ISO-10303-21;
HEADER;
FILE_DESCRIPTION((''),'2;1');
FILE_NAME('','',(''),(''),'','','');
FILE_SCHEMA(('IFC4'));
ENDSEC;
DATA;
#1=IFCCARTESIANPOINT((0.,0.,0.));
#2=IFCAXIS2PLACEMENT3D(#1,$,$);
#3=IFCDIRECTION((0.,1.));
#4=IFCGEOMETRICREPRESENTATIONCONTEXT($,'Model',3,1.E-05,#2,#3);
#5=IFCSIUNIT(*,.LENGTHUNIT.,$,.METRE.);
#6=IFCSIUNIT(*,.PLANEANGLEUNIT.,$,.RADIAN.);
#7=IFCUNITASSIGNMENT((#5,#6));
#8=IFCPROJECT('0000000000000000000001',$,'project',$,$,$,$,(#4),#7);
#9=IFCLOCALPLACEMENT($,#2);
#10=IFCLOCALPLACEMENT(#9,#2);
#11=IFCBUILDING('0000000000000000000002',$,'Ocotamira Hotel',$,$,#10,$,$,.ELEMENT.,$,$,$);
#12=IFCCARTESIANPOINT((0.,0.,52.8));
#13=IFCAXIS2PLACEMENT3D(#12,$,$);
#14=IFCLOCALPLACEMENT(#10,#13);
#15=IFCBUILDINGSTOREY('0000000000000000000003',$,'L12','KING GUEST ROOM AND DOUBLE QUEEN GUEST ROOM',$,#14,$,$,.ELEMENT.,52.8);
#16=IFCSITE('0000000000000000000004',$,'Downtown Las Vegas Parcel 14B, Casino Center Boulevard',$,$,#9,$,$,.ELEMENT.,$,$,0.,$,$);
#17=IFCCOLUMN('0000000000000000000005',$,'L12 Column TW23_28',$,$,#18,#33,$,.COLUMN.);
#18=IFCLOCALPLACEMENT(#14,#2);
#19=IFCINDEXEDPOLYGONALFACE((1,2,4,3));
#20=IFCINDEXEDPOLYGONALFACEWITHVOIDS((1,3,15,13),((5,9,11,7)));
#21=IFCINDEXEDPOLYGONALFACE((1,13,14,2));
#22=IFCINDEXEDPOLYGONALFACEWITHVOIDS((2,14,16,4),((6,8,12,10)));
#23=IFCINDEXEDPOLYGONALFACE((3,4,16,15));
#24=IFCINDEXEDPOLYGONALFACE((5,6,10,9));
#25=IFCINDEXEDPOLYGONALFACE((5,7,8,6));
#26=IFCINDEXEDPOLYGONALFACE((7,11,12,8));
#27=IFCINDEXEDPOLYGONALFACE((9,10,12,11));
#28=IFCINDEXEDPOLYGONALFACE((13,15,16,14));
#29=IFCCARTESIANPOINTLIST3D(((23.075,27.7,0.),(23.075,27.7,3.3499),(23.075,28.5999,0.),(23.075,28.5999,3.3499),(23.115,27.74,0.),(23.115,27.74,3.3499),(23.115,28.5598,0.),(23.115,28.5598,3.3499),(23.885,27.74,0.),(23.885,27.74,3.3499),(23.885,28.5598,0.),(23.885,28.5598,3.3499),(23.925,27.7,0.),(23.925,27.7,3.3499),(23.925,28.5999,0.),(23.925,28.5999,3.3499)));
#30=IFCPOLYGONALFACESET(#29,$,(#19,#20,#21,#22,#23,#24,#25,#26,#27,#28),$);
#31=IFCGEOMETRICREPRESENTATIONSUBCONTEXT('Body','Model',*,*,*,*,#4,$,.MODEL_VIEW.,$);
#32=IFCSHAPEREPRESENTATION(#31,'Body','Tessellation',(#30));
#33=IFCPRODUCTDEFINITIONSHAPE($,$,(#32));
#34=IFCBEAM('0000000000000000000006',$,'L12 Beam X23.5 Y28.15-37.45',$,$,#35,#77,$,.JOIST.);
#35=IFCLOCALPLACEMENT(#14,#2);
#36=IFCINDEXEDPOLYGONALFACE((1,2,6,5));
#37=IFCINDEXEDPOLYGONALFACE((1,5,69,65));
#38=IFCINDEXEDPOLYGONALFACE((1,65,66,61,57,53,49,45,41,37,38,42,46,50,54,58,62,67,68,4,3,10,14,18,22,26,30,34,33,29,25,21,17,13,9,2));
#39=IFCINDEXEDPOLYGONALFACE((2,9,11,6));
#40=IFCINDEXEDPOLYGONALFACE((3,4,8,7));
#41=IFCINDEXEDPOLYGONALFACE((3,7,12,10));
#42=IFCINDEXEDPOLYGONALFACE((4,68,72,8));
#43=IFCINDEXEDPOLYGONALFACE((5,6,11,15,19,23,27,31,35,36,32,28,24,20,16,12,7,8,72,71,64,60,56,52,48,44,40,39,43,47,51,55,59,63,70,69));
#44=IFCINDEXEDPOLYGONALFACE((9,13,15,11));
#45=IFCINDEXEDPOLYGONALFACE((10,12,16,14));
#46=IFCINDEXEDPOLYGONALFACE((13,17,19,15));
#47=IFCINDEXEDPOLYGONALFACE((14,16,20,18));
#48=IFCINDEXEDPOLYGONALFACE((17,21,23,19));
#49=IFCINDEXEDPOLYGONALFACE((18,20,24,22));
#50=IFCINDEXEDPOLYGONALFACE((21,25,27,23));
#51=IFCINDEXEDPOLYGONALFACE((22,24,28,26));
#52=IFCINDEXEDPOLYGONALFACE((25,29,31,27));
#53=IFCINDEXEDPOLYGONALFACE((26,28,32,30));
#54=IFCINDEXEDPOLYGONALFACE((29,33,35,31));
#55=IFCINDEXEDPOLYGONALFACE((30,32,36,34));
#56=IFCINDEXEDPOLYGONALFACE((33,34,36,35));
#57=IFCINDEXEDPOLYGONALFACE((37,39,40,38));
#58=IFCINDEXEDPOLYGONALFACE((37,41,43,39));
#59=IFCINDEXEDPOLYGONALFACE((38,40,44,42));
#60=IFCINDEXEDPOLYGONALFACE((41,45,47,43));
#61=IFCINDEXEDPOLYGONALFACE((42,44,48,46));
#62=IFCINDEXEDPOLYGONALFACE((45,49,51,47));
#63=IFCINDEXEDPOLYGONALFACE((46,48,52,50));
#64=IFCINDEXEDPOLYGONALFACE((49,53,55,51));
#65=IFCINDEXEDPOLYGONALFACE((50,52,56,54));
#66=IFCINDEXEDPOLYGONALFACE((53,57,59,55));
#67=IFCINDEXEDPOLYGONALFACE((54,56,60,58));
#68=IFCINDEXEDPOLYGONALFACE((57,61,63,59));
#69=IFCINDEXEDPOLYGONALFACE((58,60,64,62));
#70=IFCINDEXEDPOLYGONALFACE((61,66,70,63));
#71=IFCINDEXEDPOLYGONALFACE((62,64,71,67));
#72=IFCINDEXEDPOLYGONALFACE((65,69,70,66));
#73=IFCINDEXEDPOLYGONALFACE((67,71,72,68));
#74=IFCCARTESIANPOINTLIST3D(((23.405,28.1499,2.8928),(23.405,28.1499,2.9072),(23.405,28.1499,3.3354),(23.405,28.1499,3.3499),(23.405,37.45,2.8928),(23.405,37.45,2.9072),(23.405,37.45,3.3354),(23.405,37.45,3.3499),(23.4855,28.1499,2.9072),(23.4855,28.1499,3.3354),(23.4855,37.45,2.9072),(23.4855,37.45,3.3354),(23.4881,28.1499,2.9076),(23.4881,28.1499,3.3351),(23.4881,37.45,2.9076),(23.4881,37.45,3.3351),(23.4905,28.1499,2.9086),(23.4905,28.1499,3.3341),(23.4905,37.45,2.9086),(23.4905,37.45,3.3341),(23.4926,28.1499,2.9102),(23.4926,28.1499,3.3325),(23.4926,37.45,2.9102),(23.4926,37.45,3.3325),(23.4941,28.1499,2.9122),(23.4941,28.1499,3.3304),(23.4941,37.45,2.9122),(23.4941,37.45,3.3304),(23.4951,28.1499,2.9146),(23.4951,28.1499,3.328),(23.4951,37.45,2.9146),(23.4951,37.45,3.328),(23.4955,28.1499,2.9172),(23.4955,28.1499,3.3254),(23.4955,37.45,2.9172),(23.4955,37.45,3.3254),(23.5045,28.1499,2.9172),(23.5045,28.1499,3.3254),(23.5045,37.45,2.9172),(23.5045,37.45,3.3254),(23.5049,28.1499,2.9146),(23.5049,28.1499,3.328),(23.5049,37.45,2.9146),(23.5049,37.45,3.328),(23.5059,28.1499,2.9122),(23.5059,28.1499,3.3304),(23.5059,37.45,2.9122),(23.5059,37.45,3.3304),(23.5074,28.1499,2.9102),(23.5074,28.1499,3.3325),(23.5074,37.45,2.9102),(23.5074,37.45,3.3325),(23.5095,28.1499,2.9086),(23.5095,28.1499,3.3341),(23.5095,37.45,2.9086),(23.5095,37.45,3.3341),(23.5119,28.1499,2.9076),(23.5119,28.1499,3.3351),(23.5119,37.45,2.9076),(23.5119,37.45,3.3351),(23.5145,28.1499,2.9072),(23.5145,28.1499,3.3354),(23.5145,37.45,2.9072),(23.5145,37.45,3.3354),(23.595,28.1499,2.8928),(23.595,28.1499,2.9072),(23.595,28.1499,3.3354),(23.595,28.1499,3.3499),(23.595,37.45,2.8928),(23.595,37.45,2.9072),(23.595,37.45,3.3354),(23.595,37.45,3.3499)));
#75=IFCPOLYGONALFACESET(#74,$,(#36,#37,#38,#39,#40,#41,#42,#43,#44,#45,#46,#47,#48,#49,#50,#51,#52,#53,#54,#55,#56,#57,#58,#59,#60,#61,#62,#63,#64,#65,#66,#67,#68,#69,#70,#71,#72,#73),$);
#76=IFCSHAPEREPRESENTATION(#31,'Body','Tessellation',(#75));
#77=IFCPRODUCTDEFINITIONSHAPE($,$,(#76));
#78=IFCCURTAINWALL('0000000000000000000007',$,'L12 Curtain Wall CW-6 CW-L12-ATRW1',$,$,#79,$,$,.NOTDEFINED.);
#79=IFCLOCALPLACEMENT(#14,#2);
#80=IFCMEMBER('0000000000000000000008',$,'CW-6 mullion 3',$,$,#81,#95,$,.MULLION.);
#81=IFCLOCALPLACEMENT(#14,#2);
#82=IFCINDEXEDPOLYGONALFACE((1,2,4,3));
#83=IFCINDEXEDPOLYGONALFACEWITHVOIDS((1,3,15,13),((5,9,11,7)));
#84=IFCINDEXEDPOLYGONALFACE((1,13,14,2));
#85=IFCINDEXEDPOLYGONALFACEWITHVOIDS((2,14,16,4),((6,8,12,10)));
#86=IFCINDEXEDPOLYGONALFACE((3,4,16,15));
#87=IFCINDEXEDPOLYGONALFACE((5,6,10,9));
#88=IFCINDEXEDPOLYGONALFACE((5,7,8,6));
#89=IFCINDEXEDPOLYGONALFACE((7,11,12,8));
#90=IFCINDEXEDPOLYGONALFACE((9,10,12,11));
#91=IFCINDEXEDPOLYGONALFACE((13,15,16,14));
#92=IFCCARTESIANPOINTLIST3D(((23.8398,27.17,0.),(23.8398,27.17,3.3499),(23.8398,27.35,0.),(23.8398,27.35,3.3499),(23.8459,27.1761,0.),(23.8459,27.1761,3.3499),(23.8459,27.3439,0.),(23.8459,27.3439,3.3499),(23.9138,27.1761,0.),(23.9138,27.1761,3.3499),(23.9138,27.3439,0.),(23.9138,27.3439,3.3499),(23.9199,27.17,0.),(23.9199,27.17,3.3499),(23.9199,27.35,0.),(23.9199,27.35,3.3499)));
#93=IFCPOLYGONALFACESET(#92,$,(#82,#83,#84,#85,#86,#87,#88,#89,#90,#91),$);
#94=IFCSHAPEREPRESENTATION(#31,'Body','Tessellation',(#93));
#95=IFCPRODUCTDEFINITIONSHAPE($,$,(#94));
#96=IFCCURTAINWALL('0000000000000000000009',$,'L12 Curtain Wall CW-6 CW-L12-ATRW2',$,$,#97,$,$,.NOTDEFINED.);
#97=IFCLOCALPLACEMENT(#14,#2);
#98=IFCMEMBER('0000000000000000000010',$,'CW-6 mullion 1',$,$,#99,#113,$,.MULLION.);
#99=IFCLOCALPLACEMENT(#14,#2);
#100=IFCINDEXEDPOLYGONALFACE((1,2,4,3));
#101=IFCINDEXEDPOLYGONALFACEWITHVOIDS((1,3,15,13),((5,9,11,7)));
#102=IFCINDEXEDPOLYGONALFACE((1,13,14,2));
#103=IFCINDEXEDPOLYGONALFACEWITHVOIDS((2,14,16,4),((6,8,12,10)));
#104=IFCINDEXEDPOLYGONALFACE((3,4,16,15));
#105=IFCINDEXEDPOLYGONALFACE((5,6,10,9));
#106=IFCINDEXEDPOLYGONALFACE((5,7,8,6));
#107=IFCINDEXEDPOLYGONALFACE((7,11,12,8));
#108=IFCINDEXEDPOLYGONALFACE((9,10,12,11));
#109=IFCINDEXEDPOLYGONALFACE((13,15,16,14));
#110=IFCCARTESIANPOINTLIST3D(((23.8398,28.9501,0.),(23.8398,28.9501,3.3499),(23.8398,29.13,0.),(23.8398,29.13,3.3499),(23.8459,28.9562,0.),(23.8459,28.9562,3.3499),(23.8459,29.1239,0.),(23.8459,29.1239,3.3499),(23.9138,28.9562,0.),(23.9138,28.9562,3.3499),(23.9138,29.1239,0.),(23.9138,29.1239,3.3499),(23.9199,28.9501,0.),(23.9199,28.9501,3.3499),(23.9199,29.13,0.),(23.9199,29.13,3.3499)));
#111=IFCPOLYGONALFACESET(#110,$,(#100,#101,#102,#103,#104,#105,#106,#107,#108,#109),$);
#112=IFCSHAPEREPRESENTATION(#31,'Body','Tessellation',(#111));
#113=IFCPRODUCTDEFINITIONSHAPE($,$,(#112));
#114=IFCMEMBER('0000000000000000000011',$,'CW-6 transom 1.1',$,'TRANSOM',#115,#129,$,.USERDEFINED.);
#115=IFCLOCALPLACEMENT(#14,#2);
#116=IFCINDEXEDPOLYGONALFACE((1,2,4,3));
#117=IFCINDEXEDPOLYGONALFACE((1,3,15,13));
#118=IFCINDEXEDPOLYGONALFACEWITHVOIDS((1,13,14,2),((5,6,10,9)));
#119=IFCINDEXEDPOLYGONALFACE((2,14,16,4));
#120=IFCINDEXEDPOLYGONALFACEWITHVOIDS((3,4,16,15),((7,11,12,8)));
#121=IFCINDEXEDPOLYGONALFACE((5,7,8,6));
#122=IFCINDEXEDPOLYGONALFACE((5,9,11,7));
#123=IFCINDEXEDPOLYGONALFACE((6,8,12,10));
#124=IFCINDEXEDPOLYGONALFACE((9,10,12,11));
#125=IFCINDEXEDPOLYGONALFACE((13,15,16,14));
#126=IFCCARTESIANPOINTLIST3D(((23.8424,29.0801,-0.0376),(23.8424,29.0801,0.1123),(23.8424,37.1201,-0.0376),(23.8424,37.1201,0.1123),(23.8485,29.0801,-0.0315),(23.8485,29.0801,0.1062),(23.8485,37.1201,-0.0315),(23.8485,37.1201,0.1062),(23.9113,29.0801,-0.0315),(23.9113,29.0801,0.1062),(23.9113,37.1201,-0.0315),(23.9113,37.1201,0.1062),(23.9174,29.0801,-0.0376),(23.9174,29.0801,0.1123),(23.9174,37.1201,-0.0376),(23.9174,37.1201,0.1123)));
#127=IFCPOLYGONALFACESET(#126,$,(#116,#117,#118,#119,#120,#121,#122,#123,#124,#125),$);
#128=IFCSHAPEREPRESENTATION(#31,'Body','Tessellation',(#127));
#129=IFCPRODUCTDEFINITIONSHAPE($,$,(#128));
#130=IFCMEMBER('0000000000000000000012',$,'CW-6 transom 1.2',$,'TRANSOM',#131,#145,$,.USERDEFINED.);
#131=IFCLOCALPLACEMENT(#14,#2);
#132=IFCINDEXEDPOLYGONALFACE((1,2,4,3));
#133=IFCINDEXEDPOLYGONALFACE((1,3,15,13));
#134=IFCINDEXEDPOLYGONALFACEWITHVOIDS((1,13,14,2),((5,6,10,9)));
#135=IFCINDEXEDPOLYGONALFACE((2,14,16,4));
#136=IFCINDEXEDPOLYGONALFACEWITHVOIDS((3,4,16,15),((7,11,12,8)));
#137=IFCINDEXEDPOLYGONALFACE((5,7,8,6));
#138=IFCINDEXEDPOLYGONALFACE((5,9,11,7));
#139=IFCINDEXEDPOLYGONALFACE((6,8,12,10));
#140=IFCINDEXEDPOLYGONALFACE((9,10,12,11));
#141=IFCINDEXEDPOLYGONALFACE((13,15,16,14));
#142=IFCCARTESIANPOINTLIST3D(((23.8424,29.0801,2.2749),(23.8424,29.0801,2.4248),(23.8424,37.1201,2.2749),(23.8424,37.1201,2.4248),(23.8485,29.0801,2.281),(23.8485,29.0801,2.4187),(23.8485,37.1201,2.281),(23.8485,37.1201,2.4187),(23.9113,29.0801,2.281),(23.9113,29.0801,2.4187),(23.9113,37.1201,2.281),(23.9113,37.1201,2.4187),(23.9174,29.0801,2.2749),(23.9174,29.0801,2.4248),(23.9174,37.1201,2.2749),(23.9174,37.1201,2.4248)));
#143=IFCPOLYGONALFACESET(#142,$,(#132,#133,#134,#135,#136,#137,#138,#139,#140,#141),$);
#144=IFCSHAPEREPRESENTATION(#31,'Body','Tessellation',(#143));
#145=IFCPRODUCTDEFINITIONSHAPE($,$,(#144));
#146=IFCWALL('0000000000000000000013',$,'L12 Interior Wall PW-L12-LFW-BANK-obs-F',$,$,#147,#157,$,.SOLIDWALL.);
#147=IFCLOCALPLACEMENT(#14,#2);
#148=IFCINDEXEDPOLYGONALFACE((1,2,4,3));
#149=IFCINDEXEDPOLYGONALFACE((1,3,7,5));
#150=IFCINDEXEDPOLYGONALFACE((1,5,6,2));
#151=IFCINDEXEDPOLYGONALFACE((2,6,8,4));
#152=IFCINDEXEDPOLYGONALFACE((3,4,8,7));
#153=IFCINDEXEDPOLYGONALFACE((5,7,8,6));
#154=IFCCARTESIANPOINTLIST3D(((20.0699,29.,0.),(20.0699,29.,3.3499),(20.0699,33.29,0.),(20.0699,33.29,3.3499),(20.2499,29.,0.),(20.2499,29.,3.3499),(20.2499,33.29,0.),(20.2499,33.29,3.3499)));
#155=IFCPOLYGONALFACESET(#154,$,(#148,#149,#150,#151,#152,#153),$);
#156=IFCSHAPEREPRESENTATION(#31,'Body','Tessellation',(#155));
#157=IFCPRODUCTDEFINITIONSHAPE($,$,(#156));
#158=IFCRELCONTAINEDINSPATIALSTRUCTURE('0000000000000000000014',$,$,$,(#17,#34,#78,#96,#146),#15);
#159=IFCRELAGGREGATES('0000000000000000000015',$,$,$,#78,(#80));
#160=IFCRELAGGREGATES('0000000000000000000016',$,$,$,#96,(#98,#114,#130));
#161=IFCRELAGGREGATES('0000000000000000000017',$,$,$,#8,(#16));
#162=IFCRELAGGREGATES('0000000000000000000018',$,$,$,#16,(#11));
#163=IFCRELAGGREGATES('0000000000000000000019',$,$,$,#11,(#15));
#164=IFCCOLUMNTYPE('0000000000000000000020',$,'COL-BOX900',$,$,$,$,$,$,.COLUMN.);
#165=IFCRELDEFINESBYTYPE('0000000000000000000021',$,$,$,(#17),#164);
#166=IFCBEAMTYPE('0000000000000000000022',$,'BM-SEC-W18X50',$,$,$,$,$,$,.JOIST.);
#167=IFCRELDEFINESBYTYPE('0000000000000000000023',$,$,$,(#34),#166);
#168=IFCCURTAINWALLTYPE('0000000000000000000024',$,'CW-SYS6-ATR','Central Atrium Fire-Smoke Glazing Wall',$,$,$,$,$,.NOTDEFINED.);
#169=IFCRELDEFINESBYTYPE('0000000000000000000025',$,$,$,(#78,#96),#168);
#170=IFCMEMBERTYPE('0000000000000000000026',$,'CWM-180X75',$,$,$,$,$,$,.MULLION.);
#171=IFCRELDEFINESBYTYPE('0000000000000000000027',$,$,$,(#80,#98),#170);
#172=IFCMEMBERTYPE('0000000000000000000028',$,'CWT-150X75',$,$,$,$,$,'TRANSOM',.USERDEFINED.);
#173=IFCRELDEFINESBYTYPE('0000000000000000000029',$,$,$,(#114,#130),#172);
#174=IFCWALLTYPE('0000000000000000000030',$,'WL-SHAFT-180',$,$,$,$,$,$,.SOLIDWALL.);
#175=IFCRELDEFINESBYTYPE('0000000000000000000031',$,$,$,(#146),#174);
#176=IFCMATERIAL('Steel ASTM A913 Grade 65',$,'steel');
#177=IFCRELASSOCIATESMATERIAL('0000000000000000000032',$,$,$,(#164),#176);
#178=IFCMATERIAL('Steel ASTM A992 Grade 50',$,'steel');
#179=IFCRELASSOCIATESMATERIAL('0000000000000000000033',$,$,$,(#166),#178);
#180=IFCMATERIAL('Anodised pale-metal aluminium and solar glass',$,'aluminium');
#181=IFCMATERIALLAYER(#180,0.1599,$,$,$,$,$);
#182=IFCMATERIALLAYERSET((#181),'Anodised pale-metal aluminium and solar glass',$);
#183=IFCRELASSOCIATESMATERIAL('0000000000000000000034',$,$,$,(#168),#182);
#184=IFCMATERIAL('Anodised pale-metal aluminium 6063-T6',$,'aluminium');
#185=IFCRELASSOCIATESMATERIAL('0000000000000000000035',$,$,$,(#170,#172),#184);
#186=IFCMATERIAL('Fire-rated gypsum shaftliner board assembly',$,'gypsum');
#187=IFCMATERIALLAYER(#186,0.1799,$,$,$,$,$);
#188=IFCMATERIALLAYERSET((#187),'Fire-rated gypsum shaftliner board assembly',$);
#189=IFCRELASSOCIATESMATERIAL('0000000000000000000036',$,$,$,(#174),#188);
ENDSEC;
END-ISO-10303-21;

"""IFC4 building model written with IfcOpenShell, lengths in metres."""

from ifc_helpers import new_model, si_unit, direction, frame, frame_2d, origin, origin_2d, place, context, subcontext, project, spatial, rectangle, hollow_rectangle, i_section, extrude, source, transform, mapped, material, layer, layer_set, material_profile, profile_set, type_object, element, aggregate, save


model = new_model("IFC4")

# Units and contexts
model_context = context("Model", 3, precision=1e-05, world=origin(), true_north=direction((0.0, 1.0)))
body_context = subcontext(model_context, "Body", "Model", "MODEL_VIEW")
ifc_project = project(units=[si_unit("LENGTHUNIT", "METRE"), si_unit("PLANEANGLEUNIT", "RADIAN")], contexts=[model_context])

# Site, building, storey
site_placement = place(None, origin())
site = spatial("IfcSite", under=ifc_project, at=site_placement, Name="Downtown Las Vegas Parcel 14B, Casino Center Boulevard", CompositionType="ELEMENT", RefElevation=0.0)
building_placement = place(site_placement, origin())
building = spatial("IfcBuilding", under=site, at=building_placement, Name="Ocotamira Hotel", CompositionType="ELEMENT")
storey_placement = place(building_placement, frame((0.0, 0.0, 52.8)))
storey = spatial("IfcBuildingStorey", under=building, at=storey_placement, Name="L12", Description="KING GUEST ROOM AND DOUBLE QUEEN GUEST ROOM", CompositionType="ELEMENT", Elevation=52.8)

# Column
ifc_material_1 = material(Name="Steel ASTM A913 Grade 65", Category="steel")
ifc_material_profile_1 = material_profile(ifc_material_1, hollow_rectangle(XDim=0.8501, YDim=0.8999, WallThickness=0.04, at=origin_2d()), Name="BOX900X850X40")
ifc_profile_set_1 = profile_set([ifc_material_profile_1], Name="Steel ASTM A913 Grade 65")
column_type = type_object("IfcColumnType", Name="COL-BOX900", PredefinedType="COLUMN", material=ifc_profile_set_1)
shared_shape_1 = source(origin(), body_context, "Body", "SweptSolid", [
    extrude(hollow_rectangle(XDim=0.8501, YDim=0.8999, WallThickness=0.04, at=origin_2d()), origin(), (0.0, 0.0, 1.0), 3.3499),
])
column_placement = place(storey_placement, frame((23.5, 28.1499, 0.0), z_axis=(0.0, 0.0, 1.0), x_axis=(1.0, 0.0, 0.0)))
element("IfcColumn", 1, at=column_placement, inside=storey, type_object=column_type, Name="L12 Column TW23_28", PredefinedType="COLUMN", context=body_context, shape_type="MappedRepresentation", body=[
    mapped(shared_shape_1, transform((0.0, 0.0, 0.0), scale=1.0)),
])

# Beam
ifc_material_2 = material(Name="Steel ASTM A992 Grade 50", Category="steel")
ifc_material_profile_2 = material_profile(ifc_material_2, i_section(OverallWidth=0.1899, OverallDepth=0.457, WebThickness=0.009, FlangeThickness=0.0144, FilletRadius=0.01, at=origin_2d()), Name="W18X50")
ifc_profile_set_2 = profile_set([ifc_material_profile_2], Name="Steel ASTM A992 Grade 50")
beam_type = type_object("IfcBeamType", Name="BM-SEC-W18X50", PredefinedType="JOIST", material=ifc_profile_set_2)
shared_shape_2 = source(origin(), body_context, "Body", "SweptSolid", [
    extrude(i_section(OverallWidth=0.1899, OverallDepth=0.457, WebThickness=0.009, FlangeThickness=0.0144, FilletRadius=0.01, at=origin_2d()), origin(), (0.0, 0.0, 1.0), 9.3),
])
beam_placement = place(storey_placement, frame((23.5, 28.1499, 3.1213), z_axis=(0.0, 1.0, 0.0), x_axis=(-1.0, 0.0, 0.0)))
element("IfcBeam", 2, at=beam_placement, inside=storey, type_object=beam_type, Name="L12 Beam X23.5 Y28.15-37.45", PredefinedType="JOIST", context=body_context, shape_type="MappedRepresentation", body=[
    mapped(shared_shape_2, transform((0.0, 0.0, 0.0), scale=1.0)),
])

# Curtain wall, member
ifc_material_3 = material(Name="Anodised pale-metal aluminium and solar glass", Category="aluminium")
ifc_layer_1 = layer(ifc_material_3, 0.1599)
ifc_layer_set_1 = layer_set([ifc_layer_1], Name="Anodised pale-metal aluminium and solar glass")
curtain_wall_type = type_object("IfcCurtainWallType", Name="CW-SYS6-ATR", Description="Central Atrium Fire-Smoke Glazing Wall", PredefinedType="NOTDEFINED", material=ifc_layer_set_1)
curtain_wall_1_placement = place(storey_placement, origin())
curtain_wall_1 = element("IfcCurtainWall", 3, at=curtain_wall_1_placement, inside=storey, type_object=curtain_wall_type, Name="L12 Curtain Wall CW-6 CW-L12-ATRW1", PredefinedType="NOTDEFINED")
ifc_material_4 = material(Name="Anodised pale-metal aluminium 6063-T6", Category="aluminium")
ifc_material_profile_3 = material_profile(ifc_material_4, hollow_rectangle(XDim=0.0801, YDim=0.1799, WallThickness=0.0061, at=origin_2d()), Name="HSS180X80X6")
ifc_profile_set_3 = profile_set([ifc_material_profile_3], Name="Anodised pale-metal aluminium 6063-T6")
member_type_1 = type_object("IfcMemberType", Name="CWM-180X75", PredefinedType="MULLION", material=ifc_profile_set_3)
shared_shape_3 = source(origin(), body_context, "Body", "SweptSolid", [
    extrude(hollow_rectangle(XDim=0.0801, YDim=0.1799, WallThickness=0.0061, at=origin_2d()), origin(), (0.0, 0.0, 1.0), 3.3499),
])
member_1_placement = place(storey_placement, frame((23.8799, 27.26, 0.0), z_axis=(0.0, 0.0, 1.0), x_axis=(-1.0, 0.0, 0.0)))
member_1 = element("IfcMember", 4, at=member_1_placement, type_object=member_type_1, Name="CW-6 mullion 3", PredefinedType="MULLION", context=body_context, shape_type="MappedRepresentation", body=[
    mapped(shared_shape_3, transform((0.0, 0.0, 0.0), scale=1.0)),
])
aggregate(curtain_wall_1, [member_1])

# Curtain wall, members
curtain_wall_2_placement = place(storey_placement, origin())
curtain_wall_2 = element("IfcCurtainWall", 5, at=curtain_wall_2_placement, inside=storey, type_object=curtain_wall_type, Name="L12 Curtain Wall CW-6 CW-L12-ATRW2", PredefinedType="NOTDEFINED")
member_2_placement = place(storey_placement, frame((23.8799, 29.04, 0.0), z_axis=(0.0, 0.0, 1.0), x_axis=(-1.0, 0.0, 0.0)))
member_2 = element("IfcMember", 6, at=member_2_placement, type_object=member_type_1, Name="CW-6 mullion 1", PredefinedType="MULLION", context=body_context, shape_type="MappedRepresentation", body=[
    mapped(shared_shape_3, transform((0.0, 0.0, 0.0), scale=1.0)),
])
ifc_material_profile_4 = material_profile(ifc_material_4, hollow_rectangle(XDim=0.075, YDim=0.1499, WallThickness=0.0061, at=origin_2d()), Name="HSS150X75X6")
ifc_profile_set_4 = profile_set([ifc_material_profile_4], Name="Anodised pale-metal aluminium 6063-T6")
member_type_2 = type_object("IfcMemberType", Name="CWT-150X75", ElementType="TRANSOM", PredefinedType="USERDEFINED", material=ifc_profile_set_4)
shared_shape_4 = source(origin(), body_context, "Body", "SweptSolid", [
    extrude(hollow_rectangle(XDim=0.075, YDim=0.1499, WallThickness=0.0061, at=origin_2d()), origin(), (0.0, 0.0, 1.0), 8.04),
])
member_3_placement = place(storey_placement, frame((23.8799, 29.0801, 0.0374), z_axis=(0.0, 1.0, 0.0), x_axis=(-1.0, 0.0, 0.0)))
member_3 = element("IfcMember", 7, at=member_3_placement, type_object=member_type_2, Name="CW-6 transom 1.1", ObjectType="TRANSOM", PredefinedType="USERDEFINED", context=body_context, shape_type="MappedRepresentation", body=[
    mapped(shared_shape_4, transform((0.0, 0.0, 0.0), scale=1.0)),
])
member_4_placement = place(storey_placement, frame((23.8799, 29.0801, 2.3499), z_axis=(0.0, 1.0, 0.0), x_axis=(-1.0, 0.0, 0.0)))
member_4 = element("IfcMember", 8, at=member_4_placement, type_object=member_type_2, Name="CW-6 transom 1.2", ObjectType="TRANSOM", PredefinedType="USERDEFINED", context=body_context, shape_type="MappedRepresentation", body=[
    mapped(shared_shape_4, transform((0.0, 0.0, 0.0), scale=1.0)),
])
aggregate(curtain_wall_2, [member_2, member_3, member_4])

# Wall
ifc_material_5 = material(Name="Fire-rated gypsum shaftliner board assembly", Category="gypsum")
ifc_layer_2 = layer(ifc_material_5, 0.1799)
ifc_layer_set_2 = layer_set([ifc_layer_2], Name="Fire-rated gypsum shaftliner board assembly")
wall_type_1 = type_object("IfcWallType", Name="WL-SHAFT-180", PredefinedType="SOLIDWALL", material=ifc_layer_set_2)
wall_1_placement = place(storey_placement, frame((20.1599, 29.0, 0.0), z_axis=(0.0, 0.0, 1.0), x_axis=(0.0, 1.0, 0.0)))
element("IfcWall", 9, at=wall_1_placement, inside=storey, type_object=wall_type_1, Name="L12 Interior Wall PW-L12-LFW-BANK-obs-F", PredefinedType="SOLIDWALL", context=body_context, shape_type="SweptSolid", body=[
    extrude(rectangle(XDim=4.29, YDim=0.1799, at=frame_2d((2.145, 0.0))), origin(), (0.0, 0.0, 1.0), 3.3499),
])

save(model, "model.ifc")
